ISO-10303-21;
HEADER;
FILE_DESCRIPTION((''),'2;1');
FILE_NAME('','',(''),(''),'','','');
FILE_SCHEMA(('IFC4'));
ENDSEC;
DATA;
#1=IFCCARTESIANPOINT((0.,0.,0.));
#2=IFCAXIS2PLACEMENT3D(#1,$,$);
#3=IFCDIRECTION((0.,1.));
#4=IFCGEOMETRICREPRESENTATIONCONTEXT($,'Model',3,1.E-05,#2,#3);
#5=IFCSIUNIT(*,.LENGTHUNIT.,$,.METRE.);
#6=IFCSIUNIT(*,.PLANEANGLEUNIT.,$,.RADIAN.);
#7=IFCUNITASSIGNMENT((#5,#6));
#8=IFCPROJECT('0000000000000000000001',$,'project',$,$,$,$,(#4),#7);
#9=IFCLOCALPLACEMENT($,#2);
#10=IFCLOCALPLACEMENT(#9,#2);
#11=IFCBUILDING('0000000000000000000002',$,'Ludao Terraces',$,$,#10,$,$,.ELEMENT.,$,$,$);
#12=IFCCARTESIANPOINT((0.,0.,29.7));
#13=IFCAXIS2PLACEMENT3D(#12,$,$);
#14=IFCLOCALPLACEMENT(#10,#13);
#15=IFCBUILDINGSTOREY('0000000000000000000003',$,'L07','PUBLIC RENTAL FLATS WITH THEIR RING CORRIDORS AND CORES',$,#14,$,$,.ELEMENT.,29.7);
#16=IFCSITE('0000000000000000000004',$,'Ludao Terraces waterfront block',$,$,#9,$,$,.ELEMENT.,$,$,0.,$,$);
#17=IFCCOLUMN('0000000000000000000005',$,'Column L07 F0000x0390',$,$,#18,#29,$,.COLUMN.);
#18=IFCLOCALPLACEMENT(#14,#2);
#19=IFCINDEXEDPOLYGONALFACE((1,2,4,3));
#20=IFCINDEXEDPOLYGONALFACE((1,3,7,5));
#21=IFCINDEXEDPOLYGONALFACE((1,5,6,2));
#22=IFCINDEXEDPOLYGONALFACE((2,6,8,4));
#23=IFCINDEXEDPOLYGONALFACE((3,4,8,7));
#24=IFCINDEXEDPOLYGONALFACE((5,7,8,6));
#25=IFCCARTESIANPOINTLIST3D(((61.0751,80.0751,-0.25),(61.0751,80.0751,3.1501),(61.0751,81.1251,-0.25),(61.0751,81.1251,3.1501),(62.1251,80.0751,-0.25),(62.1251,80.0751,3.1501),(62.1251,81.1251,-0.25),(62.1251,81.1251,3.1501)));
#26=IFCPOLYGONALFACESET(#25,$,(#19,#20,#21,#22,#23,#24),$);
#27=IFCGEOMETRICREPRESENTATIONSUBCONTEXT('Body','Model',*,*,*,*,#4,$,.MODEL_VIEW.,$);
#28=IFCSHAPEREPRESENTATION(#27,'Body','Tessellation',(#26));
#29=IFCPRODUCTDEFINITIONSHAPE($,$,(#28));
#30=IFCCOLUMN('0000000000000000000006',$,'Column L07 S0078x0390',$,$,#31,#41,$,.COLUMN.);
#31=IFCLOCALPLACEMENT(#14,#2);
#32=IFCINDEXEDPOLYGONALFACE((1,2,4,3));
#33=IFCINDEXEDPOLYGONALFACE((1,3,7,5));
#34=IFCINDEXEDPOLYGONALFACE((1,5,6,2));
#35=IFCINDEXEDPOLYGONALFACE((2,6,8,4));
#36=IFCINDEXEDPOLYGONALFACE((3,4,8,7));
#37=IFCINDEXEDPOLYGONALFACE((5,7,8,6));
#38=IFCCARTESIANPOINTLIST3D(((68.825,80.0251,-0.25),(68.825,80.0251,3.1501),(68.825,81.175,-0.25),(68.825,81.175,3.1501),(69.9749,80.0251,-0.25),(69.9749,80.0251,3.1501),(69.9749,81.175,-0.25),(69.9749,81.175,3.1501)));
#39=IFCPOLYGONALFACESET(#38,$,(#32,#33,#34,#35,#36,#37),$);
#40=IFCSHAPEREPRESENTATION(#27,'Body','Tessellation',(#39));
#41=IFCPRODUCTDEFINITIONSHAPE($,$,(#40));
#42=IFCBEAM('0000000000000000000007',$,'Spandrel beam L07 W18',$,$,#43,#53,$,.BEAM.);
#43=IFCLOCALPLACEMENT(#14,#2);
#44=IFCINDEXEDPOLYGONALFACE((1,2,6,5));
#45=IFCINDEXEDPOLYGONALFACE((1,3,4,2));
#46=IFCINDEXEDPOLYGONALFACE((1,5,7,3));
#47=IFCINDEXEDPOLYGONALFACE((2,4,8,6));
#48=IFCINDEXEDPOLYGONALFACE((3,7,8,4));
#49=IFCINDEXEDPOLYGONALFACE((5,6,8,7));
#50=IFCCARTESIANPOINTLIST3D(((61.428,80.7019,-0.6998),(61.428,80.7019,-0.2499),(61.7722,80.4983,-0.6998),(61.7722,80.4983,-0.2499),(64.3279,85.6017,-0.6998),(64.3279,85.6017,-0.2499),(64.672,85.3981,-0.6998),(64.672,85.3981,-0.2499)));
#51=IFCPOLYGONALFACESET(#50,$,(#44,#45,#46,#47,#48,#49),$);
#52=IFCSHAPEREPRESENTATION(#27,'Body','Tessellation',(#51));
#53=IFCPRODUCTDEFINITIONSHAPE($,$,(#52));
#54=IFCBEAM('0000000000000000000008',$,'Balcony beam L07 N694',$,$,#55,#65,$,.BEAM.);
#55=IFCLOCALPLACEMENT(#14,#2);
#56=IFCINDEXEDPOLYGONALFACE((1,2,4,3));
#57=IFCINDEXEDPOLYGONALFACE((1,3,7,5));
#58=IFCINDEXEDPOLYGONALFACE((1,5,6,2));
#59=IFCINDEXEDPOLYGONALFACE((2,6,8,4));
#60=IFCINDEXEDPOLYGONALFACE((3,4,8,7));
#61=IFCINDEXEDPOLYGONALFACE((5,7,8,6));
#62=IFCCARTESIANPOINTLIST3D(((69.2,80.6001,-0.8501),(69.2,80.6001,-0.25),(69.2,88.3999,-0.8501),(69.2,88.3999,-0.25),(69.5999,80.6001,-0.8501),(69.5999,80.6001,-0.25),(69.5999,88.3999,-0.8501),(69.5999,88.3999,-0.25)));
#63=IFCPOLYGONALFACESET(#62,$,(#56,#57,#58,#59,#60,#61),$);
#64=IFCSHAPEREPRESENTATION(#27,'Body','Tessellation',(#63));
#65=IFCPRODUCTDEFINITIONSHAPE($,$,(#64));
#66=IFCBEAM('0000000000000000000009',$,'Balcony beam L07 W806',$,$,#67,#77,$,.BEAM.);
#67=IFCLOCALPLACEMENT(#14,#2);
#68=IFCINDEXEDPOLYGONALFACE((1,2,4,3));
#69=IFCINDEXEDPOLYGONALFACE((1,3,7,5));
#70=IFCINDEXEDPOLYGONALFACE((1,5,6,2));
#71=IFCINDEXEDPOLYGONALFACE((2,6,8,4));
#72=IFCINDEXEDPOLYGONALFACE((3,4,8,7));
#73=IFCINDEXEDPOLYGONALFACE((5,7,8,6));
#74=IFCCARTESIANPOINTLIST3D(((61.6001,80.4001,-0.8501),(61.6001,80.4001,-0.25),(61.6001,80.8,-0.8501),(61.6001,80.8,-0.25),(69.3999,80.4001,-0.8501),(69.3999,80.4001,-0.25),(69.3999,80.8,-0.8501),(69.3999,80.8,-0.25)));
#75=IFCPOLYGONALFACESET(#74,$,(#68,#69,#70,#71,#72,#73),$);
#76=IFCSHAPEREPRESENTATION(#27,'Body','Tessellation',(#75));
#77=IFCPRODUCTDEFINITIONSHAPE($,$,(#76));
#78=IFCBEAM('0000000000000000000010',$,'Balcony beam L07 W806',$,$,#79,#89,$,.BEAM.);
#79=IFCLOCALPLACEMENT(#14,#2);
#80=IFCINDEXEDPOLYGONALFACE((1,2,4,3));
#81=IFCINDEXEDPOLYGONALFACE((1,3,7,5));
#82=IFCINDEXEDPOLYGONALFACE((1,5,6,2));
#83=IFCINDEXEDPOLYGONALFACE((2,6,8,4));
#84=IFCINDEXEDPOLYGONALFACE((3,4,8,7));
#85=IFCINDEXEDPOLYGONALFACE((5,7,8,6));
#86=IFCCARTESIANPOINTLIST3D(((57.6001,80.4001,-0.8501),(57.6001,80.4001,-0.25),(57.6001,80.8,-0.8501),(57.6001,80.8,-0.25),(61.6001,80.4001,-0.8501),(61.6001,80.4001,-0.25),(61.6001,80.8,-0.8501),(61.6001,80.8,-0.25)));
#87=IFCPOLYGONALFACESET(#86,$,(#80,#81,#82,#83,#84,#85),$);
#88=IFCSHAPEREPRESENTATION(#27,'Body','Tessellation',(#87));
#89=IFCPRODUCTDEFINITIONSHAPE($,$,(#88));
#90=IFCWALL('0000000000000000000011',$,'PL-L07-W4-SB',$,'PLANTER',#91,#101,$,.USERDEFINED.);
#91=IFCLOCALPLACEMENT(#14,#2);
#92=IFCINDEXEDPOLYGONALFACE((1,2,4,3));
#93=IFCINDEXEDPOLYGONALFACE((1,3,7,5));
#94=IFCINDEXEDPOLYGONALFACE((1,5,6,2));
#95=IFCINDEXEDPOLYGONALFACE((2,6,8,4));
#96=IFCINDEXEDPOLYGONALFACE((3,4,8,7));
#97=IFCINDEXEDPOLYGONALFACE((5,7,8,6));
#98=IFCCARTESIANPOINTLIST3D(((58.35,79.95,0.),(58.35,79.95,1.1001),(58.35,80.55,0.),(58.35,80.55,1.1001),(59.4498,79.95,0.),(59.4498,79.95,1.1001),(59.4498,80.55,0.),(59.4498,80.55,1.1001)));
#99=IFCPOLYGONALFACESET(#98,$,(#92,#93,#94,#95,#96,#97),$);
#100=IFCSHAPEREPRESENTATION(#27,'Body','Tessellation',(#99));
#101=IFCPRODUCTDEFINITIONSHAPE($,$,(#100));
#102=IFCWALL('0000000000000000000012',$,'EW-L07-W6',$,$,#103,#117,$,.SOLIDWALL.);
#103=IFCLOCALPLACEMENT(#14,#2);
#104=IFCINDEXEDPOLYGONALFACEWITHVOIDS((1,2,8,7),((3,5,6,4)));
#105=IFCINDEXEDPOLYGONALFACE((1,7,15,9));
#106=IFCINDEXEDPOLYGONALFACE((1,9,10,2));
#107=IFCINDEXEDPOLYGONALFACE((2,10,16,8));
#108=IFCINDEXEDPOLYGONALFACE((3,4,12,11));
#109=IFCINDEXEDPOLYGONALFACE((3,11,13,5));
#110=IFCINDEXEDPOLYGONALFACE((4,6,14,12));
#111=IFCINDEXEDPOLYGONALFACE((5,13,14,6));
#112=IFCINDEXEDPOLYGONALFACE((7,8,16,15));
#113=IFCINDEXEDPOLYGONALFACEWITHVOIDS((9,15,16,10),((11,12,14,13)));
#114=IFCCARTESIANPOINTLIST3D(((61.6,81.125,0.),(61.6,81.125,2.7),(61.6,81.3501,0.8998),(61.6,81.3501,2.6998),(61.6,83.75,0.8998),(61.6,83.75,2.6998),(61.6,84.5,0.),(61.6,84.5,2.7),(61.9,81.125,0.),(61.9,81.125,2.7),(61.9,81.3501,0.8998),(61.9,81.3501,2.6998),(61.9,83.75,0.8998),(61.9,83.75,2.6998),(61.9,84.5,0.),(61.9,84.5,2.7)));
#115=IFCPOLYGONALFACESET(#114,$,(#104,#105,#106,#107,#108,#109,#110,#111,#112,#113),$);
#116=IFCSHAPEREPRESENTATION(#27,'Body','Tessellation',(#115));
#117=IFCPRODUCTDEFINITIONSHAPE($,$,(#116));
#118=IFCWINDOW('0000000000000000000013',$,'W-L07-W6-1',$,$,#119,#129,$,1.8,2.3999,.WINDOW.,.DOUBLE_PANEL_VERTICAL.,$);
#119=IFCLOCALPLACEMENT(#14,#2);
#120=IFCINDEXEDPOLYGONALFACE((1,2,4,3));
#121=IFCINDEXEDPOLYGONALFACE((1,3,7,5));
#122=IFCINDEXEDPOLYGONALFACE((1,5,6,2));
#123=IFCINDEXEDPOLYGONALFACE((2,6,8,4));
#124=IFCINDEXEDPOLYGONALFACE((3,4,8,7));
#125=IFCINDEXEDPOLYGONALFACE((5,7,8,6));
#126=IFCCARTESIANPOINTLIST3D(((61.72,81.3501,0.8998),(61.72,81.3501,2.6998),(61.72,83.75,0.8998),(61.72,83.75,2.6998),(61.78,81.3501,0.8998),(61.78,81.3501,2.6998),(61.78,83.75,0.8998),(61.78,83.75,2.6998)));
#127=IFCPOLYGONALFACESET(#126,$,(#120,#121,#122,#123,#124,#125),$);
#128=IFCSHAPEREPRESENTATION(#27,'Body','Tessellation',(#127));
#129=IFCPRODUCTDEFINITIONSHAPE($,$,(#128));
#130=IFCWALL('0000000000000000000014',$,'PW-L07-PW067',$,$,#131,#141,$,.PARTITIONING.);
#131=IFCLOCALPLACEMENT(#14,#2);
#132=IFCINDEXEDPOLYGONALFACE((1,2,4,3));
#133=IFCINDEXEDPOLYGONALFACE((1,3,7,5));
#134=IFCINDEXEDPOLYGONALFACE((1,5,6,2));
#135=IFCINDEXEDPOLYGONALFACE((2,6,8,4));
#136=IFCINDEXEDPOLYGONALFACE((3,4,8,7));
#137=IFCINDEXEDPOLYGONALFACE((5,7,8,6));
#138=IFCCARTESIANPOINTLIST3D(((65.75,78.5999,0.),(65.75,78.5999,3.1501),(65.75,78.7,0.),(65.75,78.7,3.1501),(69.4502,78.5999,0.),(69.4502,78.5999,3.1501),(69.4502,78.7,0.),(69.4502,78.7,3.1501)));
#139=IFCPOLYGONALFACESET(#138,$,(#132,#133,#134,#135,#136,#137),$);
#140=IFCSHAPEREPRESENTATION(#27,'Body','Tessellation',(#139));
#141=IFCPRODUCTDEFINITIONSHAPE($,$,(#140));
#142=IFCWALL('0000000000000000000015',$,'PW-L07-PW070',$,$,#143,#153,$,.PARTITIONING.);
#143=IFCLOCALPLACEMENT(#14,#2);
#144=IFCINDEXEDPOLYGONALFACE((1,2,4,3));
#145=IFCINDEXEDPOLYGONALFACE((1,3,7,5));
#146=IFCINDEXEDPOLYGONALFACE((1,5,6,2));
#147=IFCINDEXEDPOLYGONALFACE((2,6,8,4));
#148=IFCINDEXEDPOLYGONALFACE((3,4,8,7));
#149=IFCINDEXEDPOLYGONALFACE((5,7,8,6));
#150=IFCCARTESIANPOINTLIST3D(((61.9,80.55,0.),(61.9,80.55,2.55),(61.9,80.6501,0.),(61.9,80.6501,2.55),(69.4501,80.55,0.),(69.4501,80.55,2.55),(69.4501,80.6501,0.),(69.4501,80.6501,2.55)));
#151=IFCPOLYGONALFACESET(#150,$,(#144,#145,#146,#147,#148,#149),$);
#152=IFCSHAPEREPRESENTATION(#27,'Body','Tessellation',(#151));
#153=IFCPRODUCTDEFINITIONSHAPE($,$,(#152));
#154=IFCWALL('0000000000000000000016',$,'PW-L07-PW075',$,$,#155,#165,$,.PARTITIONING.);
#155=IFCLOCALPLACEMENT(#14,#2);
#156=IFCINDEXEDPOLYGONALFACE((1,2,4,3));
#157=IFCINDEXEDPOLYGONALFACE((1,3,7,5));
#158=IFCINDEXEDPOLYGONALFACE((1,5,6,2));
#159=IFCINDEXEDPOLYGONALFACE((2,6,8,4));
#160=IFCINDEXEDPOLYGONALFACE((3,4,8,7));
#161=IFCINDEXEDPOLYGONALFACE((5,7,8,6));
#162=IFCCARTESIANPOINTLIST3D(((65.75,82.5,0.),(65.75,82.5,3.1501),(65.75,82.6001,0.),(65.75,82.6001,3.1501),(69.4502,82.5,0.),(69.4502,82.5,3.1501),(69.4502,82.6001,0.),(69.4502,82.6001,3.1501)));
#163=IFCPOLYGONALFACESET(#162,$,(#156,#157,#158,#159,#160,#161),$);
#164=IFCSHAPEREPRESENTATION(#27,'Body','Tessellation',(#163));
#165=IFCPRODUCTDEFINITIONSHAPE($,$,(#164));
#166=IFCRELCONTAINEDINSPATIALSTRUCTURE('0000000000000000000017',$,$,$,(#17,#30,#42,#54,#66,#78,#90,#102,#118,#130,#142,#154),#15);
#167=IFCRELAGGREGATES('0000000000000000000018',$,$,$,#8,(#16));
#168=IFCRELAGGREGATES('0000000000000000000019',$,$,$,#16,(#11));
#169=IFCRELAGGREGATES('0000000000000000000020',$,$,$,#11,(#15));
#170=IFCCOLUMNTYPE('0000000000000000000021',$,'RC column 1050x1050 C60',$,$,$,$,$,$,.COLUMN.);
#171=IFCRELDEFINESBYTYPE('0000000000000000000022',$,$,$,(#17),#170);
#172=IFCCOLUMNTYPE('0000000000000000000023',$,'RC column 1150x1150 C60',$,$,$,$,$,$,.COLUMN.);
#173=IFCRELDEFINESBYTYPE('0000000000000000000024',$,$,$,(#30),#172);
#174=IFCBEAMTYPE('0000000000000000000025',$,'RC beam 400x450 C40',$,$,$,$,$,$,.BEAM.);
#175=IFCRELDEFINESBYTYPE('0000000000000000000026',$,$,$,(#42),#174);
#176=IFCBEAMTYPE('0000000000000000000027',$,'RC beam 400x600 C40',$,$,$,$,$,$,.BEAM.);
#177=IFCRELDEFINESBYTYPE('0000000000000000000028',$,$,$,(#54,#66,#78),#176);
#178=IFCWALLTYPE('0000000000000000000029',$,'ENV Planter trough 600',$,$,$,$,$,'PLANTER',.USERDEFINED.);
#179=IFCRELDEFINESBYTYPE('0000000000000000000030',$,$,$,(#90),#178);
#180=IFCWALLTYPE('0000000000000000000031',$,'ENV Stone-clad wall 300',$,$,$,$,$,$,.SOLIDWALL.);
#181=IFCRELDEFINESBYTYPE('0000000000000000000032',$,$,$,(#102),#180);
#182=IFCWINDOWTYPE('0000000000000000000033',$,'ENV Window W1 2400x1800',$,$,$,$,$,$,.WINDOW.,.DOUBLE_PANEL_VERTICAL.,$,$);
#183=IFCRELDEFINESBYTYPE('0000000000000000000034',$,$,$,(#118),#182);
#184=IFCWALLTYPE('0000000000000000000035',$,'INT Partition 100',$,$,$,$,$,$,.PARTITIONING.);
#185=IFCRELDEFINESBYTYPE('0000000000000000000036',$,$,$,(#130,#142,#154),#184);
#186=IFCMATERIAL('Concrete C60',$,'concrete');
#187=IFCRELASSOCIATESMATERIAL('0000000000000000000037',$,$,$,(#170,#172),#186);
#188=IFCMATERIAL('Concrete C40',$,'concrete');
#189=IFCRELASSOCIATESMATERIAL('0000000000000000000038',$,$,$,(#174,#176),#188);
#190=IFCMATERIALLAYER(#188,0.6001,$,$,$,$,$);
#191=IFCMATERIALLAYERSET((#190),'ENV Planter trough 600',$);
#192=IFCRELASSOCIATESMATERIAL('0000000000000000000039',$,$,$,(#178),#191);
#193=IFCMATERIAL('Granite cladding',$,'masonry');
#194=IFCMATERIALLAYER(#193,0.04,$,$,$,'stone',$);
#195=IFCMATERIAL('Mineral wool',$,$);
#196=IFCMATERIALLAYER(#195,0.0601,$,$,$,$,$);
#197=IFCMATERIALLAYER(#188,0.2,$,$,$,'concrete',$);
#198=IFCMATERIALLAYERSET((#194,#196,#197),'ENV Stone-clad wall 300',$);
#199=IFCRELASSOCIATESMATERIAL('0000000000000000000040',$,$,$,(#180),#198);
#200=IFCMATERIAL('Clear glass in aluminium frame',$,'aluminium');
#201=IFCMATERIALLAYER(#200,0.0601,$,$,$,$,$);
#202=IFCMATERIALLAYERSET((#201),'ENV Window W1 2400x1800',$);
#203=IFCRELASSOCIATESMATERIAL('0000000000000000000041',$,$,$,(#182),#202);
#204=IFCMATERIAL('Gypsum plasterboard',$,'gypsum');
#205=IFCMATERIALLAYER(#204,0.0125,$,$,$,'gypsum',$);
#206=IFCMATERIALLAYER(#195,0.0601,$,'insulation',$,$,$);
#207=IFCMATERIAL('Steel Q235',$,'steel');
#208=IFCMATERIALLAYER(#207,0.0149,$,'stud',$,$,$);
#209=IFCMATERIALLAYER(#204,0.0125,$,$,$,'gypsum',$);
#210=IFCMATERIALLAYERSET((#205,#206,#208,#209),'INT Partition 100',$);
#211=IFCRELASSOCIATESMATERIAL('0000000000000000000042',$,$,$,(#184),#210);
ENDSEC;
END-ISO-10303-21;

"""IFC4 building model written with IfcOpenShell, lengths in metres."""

from ifc_helpers import new_model, si_unit, direction, frame, frame_2d, origin, origin_2d, place, context, subcontext, project, spatial, rectangle, extrude, material, layer, layer_set, material_profile, profile_set, type_object, element, fill, save


model = new_model("IFC4")

# Units and contexts
model_context = context("Model", 3, precision=1e-05, world=origin(), true_north=direction((0.0, 1.0)))
body_context = subcontext(model_context, "Body", "Model", "MODEL_VIEW")
ifc_project = project(units=[si_unit("LENGTHUNIT", "METRE"), si_unit("PLANEANGLEUNIT", "RADIAN")], contexts=[model_context])

# Site, building, storey
site_placement = place(None, origin())
site = spatial("IfcSite", under=ifc_project, at=site_placement, Name="Ludao Terraces waterfront block", CompositionType="ELEMENT", RefElevation=0.0)
building_placement = place(site_placement, origin())
building = spatial("IfcBuilding", under=site, at=building_placement, Name="Ludao Terraces", CompositionType="ELEMENT")
storey_placement = place(building_placement, frame((0.0, 0.0, 29.7)))
storey = spatial("IfcBuildingStorey", under=building, at=storey_placement, Name="L07", Description="PUBLIC RENTAL FLATS WITH THEIR RING CORRIDORS AND CORES", CompositionType="ELEMENT", Elevation=29.7)

# Columns
ifc_material_1 = material(Name="Concrete C60", Category="concrete")
ifc_material_profile_1 = material_profile(ifc_material_1, rectangle(XDim=1.05, YDim=1.05, at=origin_2d()), Name="1050 X 1050")
ifc_profile_set_1 = profile_set([ifc_material_profile_1], Name="Concrete C60")
column_type_1 = type_object("IfcColumnType", Name="RC column 1050x1050 C60", PredefinedType="COLUMN", material=ifc_profile_set_1)
column_1_placement = place(storey_placement, frame((61.6001, 80.6001, -0.25), z_axis=(0.0, 0.0, 1.0), x_axis=(1.0, 0.0, 0.0)))
element("IfcColumn", 1, at=column_1_placement, inside=storey, type_object=column_type_1, Name="Column L07 F0000x0390", PredefinedType="COLUMN", context=body_context, shape_type="SweptSolid", body=[
    extrude(rectangle(XDim=1.05, YDim=1.05, at=origin_2d()), origin(), (0.0, 0.0, 1.0), 3.4001),
])
ifc_material_profile_2 = material_profile(ifc_material_1, rectangle(XDim=1.1499, YDim=1.1499, at=origin_2d()), Name="1150 X 1150")
ifc_profile_set_2 = profile_set([ifc_material_profile_2], Name="Concrete C60")
column_type_2 = type_object("IfcColumnType", Name="RC column 1150x1150 C60", PredefinedType="COLUMN", material=ifc_profile_set_2)
column_2_placement = place(storey_placement, frame((69.3999, 80.6001, -0.25), z_axis=(0.0, 0.0, 1.0), x_axis=(1.0, 0.0, 0.0)))
element("IfcColumn", 2, at=column_2_placement, inside=storey, type_object=column_type_2, Name="Column L07 S0078x0390", PredefinedType="COLUMN", context=body_context, shape_type="SweptSolid", body=[
    extrude(rectangle(XDim=1.1499, YDim=1.1499, at=origin_2d()), origin(), (0.0, 0.0, 1.0), 3.4001),
])

# Beams
ifc_material_2 = material(Name="Concrete C40", Category="concrete")
ifc_material_profile_3 = material_profile(ifc_material_2, rectangle(XDim=0.3999, YDim=0.45, at=origin_2d()), Name="400 X 450")
ifc_profile_set_3 = profile_set([ifc_material_profile_3], Name="Concrete C40")
beam_type_1 = type_object("IfcBeamType", Name="RC beam 400x450 C40", PredefinedType="BEAM", material=ifc_profile_set_3)
beam_1_placement = place(storey_placement, frame((61.6001, 80.6001, -0.4749), z_axis=(0.509316, 0.86058, 0.0), x_axis=(-0.86058, 0.509316, 0.0)))
element("IfcBeam", 3, at=beam_1_placement, inside=storey, type_object=beam_type_1, Name="Spandrel beam L07 W18", PredefinedType="BEAM", context=body_context, shape_type="SweptSolid", body=[
    extrude(rectangle(XDim=0.3999, YDim=0.45, at=origin_2d()), origin(), (0.0, 0.0, 1.0), 5.6936),
])
ifc_material_profile_4 = material_profile(ifc_material_2, rectangle(XDim=0.3999, YDim=0.6001, at=origin_2d()), Name="400 X 600")
ifc_profile_set_4 = profile_set([ifc_material_profile_4], Name="Concrete C40")
beam_type_2 = type_object("IfcBeamType", Name="RC beam 400x600 C40", PredefinedType="BEAM", material=ifc_profile_set_4)
for number, where, z_axis, x_axis, name in (
    (4, (69.3999, 80.6001, -0.55), (0.0, 1.0, 0.0), (-1.0, 0.0, 0.0), "Balcony beam L07 N694"),
    (5, (69.3999, 80.6001, -0.55), (-1.0, 0.0, 0.0), (0.0, -1.0, 0.0), "Balcony beam L07 W806"),
):
    element("IfcBeam", number, at=place(storey_placement, frame(where, z_axis=z_axis, x_axis=x_axis)), inside=storey, type_object=beam_type_2, Name=name, PredefinedType="BEAM", context=body_context, shape_type="SweptSolid", body=[
        extrude(rectangle(XDim=0.3999, YDim=0.6001, at=origin_2d()), origin(), (0.0, 0.0, 1.0), 7.7998),
    ])
beam_2_placement = place(storey_placement, frame((61.6001, 80.6001, -0.55), z_axis=(-1.0, 0.0, 0.0), x_axis=(0.0, -1.0, 0.0)))
element("IfcBeam", 6, at=beam_2_placement, inside=storey, type_object=beam_type_2, Name="Balcony beam L07 W806", PredefinedType="BEAM", context=body_context, shape_type="SweptSolid", body=[
    extrude(rectangle(XDim=0.3999, YDim=0.6001, at=origin_2d()), origin(), (0.0, 0.0, 1.0), 4.0),
])

# Wall
ifc_layer_1 = layer(ifc_material_2, 0.6001)
ifc_layer_set_1 = layer_set([ifc_layer_1], Name="ENV Planter trough 600")
wall_type_1 = type_object("IfcWallType", Name="ENV Planter trough 600", ElementType="PLANTER", PredefinedType="USERDEFINED", material=ifc_layer_set_1)
wall_1_placement = place(storey_placement, frame((58.3501, 80.25, 0.0), z_axis=(0.0, 0.0, 1.0), x_axis=(1.0, 0.0, 0.0)))
element("IfcWall", 7, at=wall_1_placement, inside=storey, type_object=wall_type_1, Name="PL-L07-W4-SB", ObjectType="PLANTER", PredefinedType="USERDEFINED", context=body_context, shape_type="SweptSolid", body=[
    extrude(rectangle(XDim=1.0999, YDim=0.6001, at=frame_2d((0.5498, 0.0))), origin(), (0.0, 0.0, 1.0), 1.1001),
])

# Wall, opening, window
ifc_material_3 = material(Name="Granite cladding", Category="masonry")
ifc_layer_2 = layer(ifc_material_3, 0.04, Category="stone")
ifc_material_4 = material(Name="Mineral wool")
ifc_layer_3 = layer(ifc_material_4, 0.0601)
ifc_layer_4 = layer(ifc_material_2, 0.2, Category="concrete")
ifc_layer_set_2 = layer_set([ifc_layer_2, ifc_layer_3, ifc_layer_4], Name="ENV Stone-clad wall 300")
wall_type_2 = type_object("IfcWallType", Name="ENV Stone-clad wall 300", PredefinedType="SOLIDWALL", material=ifc_layer_set_2)
wall_2_placement = place(storey_placement, frame((61.75, 81.125, 0.0), z_axis=(0.0, 0.0, 1.0), x_axis=(0.0, 1.0, 0.0)))
wall_2 = element("IfcWall", 8, at=wall_2_placement, inside=storey, type_object=wall_type_2, Name="EW-L07-W6", PredefinedType="SOLIDWALL", context=body_context, shape_type="SweptSolid", body=[
    extrude(rectangle(XDim=3.375, YDim=0.3, at=frame_2d((1.6875, 0.0))), origin(), (0.0, 0.0, 1.0), 2.7),
])
opening_1_placement = place(wall_2_placement, frame((0.2251, 0.0, 0.8999)))
opening_1 = element("IfcOpeningElement", 9, at=opening_1_placement, cuts=wall_2, PredefinedType="OPENING", context=body_context, shape_type="SweptSolid", body=[
    extrude(rectangle(XDim=2.3999, YDim=1.8, at=frame_2d((1.2, 0.8999))), frame((0.0, 0.1602, 0.0), z_axis=(0.0, -1.0, 0.0), x_axis=(1.0, 0.0, 0.0)), (0.0, 0.0, 1.0), 0.3201),
])
ifc_material_5 = material(Name="Clear glass in aluminium frame", Category="aluminium")
ifc_layer_5 = layer(ifc_material_5, 0.0601)
ifc_layer_set_3 = layer_set([ifc_layer_5], Name="ENV Window W1 2400x1800")
window_type = type_object("IfcWindowType", Name="ENV Window W1 2400x1800", PartitioningType="DOUBLE_PANEL_VERTICAL", PredefinedType="WINDOW", material=ifc_layer_set_3)
window_placement = place(opening_1_placement, origin())
window = element("IfcWindow", 10, at=window_placement, inside=storey, type_object=window_type, Name="W-L07-W6-1", OverallHeight=1.8, OverallWidth=2.3999, PartitioningType="DOUBLE_PANEL_VERTICAL", PredefinedType="WINDOW", context=body_context, shape_type="SweptSolid", body=[
    extrude(rectangle(XDim=2.3999, YDim=1.8, at=frame_2d((1.2, 0.8999))), frame((0.0, 0.03, 0.0), z_axis=(0.0, -1.0, 0.0), x_axis=(1.0, 0.0, 0.0)), (0.0, 0.0, 1.0), 0.0601),
])
fill(opening_1, window)

# Walls
ifc_material_6 = material(Name="Gypsum plasterboard", Category="gypsum")
ifc_layer_6 = layer(ifc_material_6, 0.0125, Category="gypsum")
ifc_layer_7 = layer(ifc_material_4, 0.0601, Name="insulation")
ifc_material_7 = material(Name="Steel Q235", Category="steel")
ifc_layer_8 = layer(ifc_material_7, 0.0149, Name="stud")
ifc_layer_9 = layer(ifc_material_6, 0.0125, Category="gypsum")
ifc_layer_set_4 = layer_set([ifc_layer_6, ifc_layer_7, ifc_layer_8, ifc_layer_9], Name="INT Partition 100")
wall_type_3 = type_object("IfcWallType", Name="INT Partition 100", PredefinedType="PARTITIONING", material=ifc_layer_set_4)
wall_3_placement = place(storey_placement, frame((65.75, 78.6499, 0.0), z_axis=(0.0, 0.0, 1.0), x_axis=(1.0, 0.0, 0.0)))
element("IfcWall", 11, at=wall_3_placement, inside=storey, type_object=wall_type_3, Name="PW-L07-PW067", PredefinedType="PARTITIONING", context=body_context, shape_type="SweptSolid", body=[
    extrude(rectangle(XDim=3.7002, YDim=0.1001, at=frame_2d((1.8501, 0.0))), origin(), (0.0, 0.0, 1.0), 3.1501),
])
wall_4_placement = place(storey_placement, frame((61.9001, 80.6001, 0.0), z_axis=(0.0, 0.0, 1.0), x_axis=(1.0, 0.0, 0.0)))
element("IfcWall", 12, at=wall_4_placement, inside=storey, type_object=wall_type_3, Name="PW-L07-PW070", PredefinedType="PARTITIONING", context=body_context, shape_type="SweptSolid", body=[
    extrude(rectangle(XDim=7.55, YDim=0.1001, at=frame_2d((3.7749, 0.0))), origin(), (0.0, 0.0, 1.0), 2.55),
])
wall_5_placement = place(storey_placement, frame((65.75, 82.55, 0.0), z_axis=(0.0, 0.0, 1.0), x_axis=(1.0, 0.0, 0.0)))
element("IfcWall", 13, at=wall_5_placement, inside=storey, type_object=wall_type_3, Name="PW-L07-PW075", PredefinedType="PARTITIONING", context=body_context, shape_type="SweptSolid", body=[
    extrude(rectangle(XDim=3.7002, YDim=0.1001, at=frame_2d((1.8501, 0.0))), origin(), (0.0, 0.0, 1.0), 3.1501),
])

save(model, "model.ifc")
